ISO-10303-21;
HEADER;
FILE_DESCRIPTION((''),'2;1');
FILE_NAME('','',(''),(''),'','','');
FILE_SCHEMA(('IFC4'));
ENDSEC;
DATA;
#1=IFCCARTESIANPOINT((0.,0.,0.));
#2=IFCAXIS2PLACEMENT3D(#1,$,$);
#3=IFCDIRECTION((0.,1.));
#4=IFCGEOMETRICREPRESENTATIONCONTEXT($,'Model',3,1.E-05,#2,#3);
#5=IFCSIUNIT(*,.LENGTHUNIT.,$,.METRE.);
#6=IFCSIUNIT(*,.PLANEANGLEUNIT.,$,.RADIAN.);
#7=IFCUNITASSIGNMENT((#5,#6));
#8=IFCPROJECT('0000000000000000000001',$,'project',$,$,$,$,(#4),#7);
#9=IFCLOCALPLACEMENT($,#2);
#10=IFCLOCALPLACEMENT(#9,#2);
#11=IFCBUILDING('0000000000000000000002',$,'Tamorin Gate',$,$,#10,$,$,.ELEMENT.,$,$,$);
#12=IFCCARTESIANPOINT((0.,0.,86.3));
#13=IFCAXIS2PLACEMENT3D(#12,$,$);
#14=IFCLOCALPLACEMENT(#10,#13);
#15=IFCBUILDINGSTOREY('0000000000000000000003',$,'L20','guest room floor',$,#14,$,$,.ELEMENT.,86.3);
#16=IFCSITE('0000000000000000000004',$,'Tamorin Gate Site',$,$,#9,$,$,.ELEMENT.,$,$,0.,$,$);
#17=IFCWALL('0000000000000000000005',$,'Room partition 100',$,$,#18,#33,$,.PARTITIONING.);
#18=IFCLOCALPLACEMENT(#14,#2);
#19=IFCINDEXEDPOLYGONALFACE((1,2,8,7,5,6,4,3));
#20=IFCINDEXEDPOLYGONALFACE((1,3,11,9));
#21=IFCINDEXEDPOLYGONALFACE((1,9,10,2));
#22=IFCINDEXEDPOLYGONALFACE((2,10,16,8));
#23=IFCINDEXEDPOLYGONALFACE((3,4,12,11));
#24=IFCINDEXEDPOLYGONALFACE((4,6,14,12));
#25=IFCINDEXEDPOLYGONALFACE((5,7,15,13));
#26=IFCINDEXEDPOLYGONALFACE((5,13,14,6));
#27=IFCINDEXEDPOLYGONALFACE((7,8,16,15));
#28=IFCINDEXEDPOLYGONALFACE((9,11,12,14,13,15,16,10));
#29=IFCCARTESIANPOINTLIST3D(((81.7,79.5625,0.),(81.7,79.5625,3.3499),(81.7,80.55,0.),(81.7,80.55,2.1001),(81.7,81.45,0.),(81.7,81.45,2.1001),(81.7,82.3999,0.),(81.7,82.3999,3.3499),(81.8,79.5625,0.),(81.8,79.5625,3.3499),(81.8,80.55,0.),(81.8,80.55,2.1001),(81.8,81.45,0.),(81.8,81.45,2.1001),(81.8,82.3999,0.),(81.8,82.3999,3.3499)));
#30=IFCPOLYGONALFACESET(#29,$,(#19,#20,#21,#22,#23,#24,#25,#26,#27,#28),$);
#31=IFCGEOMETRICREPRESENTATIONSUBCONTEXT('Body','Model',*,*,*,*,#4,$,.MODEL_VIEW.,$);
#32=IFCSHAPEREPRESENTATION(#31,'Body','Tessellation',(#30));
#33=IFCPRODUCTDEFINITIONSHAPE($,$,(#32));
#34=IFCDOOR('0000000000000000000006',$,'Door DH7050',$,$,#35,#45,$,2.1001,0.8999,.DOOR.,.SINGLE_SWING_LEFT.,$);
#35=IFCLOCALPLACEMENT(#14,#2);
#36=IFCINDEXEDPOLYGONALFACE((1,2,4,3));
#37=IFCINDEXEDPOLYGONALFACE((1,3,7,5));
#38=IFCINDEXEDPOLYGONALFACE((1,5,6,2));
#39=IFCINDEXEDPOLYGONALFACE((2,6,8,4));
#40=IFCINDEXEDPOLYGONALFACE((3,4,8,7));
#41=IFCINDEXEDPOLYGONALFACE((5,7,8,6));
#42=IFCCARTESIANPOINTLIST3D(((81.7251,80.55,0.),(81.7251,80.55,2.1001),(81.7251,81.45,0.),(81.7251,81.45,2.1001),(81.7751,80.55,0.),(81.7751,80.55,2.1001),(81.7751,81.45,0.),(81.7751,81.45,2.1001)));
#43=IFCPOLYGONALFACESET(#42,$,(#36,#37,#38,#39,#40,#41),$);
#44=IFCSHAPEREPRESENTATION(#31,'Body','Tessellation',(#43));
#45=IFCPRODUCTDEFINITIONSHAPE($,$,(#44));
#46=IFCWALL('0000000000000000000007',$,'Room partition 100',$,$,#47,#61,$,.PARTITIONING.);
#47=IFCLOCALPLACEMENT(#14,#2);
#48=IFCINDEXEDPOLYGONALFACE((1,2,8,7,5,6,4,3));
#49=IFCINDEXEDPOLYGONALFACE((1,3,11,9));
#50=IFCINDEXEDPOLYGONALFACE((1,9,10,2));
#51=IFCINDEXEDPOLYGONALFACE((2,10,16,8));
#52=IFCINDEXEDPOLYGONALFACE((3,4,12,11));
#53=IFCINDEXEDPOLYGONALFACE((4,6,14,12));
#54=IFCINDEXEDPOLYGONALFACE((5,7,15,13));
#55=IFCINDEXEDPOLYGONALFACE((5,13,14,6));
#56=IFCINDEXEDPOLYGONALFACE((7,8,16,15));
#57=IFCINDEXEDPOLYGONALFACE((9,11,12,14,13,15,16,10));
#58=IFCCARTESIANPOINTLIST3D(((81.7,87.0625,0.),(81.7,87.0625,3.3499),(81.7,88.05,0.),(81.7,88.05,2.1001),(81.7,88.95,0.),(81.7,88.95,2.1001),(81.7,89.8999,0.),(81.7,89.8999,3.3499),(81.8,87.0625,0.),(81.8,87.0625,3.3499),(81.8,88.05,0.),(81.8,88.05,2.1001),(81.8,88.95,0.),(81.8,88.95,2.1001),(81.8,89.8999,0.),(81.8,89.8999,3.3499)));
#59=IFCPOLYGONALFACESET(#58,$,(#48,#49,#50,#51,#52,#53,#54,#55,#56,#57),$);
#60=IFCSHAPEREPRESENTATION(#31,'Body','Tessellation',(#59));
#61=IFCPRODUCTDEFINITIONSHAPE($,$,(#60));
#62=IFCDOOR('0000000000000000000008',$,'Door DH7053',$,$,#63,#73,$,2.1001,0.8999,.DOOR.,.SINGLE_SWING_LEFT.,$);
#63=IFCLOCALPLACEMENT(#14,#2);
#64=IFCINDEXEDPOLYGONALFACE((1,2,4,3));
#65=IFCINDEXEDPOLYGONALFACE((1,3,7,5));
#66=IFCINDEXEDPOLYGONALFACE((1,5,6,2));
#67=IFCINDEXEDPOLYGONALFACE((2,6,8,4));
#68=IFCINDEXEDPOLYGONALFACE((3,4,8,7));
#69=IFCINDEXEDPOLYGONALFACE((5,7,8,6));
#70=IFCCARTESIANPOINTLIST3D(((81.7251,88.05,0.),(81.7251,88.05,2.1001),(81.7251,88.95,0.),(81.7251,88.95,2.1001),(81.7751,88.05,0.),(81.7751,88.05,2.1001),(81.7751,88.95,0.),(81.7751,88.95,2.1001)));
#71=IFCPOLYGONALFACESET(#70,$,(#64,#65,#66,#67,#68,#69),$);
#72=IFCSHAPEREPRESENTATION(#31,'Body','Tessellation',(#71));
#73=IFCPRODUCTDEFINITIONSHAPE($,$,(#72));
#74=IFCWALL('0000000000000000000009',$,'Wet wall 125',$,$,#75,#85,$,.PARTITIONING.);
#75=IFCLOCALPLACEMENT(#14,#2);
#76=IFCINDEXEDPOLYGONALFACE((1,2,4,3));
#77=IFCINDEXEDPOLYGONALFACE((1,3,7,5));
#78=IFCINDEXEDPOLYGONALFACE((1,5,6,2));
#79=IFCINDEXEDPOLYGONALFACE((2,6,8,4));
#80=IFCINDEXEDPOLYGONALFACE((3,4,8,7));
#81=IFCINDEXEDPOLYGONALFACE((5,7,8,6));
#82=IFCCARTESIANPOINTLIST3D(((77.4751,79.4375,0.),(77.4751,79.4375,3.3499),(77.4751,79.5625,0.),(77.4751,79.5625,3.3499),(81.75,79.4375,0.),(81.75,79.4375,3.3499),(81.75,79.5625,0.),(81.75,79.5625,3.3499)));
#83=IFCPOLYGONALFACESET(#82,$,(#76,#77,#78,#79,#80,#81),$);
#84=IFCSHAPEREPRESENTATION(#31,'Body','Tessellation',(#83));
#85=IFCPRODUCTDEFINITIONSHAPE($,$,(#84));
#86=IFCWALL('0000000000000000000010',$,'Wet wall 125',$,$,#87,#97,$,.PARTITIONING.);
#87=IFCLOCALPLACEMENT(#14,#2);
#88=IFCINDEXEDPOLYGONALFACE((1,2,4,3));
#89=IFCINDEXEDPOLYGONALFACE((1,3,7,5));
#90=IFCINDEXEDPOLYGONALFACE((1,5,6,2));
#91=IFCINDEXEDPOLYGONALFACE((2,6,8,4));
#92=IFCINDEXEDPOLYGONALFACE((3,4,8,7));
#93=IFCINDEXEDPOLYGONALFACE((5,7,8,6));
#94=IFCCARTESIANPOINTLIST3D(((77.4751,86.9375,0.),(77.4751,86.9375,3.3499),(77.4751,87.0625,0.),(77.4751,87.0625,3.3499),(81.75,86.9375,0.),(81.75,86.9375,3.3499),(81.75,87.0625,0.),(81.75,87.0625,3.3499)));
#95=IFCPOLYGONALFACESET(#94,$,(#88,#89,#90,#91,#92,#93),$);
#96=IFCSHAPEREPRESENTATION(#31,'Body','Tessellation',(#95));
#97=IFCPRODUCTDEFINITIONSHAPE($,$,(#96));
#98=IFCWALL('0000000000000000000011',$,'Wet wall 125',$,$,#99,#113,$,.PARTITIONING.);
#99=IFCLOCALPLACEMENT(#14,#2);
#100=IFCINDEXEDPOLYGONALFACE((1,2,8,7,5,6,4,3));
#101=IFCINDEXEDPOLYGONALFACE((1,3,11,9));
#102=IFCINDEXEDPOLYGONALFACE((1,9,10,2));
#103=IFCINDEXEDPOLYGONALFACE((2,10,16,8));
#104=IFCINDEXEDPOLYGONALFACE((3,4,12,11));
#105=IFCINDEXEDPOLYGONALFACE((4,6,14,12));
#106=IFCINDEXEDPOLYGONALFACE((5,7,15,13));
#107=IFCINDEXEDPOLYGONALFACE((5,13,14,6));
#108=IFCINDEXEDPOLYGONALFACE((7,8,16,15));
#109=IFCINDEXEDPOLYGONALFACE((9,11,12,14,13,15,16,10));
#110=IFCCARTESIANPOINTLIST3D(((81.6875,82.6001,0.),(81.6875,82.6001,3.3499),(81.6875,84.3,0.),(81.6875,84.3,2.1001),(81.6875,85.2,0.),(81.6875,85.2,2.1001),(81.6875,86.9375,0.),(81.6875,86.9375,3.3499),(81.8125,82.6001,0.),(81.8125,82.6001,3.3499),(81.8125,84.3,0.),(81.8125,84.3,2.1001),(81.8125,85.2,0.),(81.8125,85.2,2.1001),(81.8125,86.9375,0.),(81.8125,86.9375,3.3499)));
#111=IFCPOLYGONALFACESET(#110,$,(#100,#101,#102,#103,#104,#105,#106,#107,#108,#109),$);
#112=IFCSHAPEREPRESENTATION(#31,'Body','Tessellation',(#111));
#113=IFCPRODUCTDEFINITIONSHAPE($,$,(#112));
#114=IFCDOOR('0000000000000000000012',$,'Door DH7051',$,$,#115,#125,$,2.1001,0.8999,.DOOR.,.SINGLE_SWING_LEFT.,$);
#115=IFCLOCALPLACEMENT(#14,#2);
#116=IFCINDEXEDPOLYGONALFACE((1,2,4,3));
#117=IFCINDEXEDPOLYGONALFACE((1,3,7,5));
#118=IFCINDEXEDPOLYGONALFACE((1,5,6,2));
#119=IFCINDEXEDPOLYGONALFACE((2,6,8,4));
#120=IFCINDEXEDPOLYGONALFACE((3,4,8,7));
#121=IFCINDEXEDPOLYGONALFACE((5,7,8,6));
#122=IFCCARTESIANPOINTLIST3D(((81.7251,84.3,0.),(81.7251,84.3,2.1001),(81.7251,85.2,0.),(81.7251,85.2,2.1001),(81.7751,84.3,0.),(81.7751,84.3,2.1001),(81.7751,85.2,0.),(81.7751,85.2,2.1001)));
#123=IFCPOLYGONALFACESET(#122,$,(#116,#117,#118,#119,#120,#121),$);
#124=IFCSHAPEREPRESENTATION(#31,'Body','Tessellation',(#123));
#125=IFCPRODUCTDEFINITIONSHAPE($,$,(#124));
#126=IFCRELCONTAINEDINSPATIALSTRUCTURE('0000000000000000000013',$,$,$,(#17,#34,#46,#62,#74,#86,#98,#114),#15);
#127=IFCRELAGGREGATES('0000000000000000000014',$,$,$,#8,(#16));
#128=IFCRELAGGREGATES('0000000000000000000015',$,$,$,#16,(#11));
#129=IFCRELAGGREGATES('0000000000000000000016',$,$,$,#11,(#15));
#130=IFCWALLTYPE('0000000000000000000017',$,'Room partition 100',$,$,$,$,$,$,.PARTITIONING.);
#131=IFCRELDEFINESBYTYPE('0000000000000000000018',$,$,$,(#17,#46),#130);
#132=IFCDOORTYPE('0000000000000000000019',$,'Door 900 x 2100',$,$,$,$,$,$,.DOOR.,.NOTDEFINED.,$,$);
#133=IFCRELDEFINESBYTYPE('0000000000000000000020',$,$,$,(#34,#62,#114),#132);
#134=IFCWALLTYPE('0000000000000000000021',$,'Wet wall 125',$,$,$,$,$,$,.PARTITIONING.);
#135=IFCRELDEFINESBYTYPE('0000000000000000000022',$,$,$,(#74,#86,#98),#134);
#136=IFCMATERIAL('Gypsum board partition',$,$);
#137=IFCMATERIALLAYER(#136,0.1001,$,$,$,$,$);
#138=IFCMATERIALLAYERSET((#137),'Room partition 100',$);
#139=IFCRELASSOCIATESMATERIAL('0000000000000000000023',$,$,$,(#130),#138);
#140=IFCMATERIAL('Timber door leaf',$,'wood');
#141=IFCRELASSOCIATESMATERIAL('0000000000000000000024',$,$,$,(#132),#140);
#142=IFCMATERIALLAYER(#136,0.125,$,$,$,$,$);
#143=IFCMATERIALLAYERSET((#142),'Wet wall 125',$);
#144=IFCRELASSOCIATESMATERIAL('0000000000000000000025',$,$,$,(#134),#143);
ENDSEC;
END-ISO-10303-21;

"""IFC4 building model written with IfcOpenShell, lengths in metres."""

from ifc_helpers import new_model, si_unit, direction, frame, frame_2d, origin, place, context, subcontext, project, spatial, rectangle, extrude, material, layer, layer_set, type_object, element, fill, save


model = new_model("IFC4")

# Units and contexts
model_context = context("Model", 3, precision=1e-05, world=origin(), true_north=direction((0.0, 1.0)))
body_context = subcontext(model_context, "Body", "Model", "MODEL_VIEW")
ifc_project = project(units=[si_unit("LENGTHUNIT", "METRE"), si_unit("PLANEANGLEUNIT", "RADIAN")], contexts=[model_context])

# Site, building, storey
site_placement = place(None, origin())
site = spatial("IfcSite", under=ifc_project, at=site_placement, Name="Tamorin Gate Site", CompositionType="ELEMENT", RefElevation=0.0)
building_placement = place(site_placement, origin())
building = spatial("IfcBuilding", under=site, at=building_placement, Name="Tamorin Gate", CompositionType="ELEMENT")
storey_placement = place(building_placement, frame((0.0, 0.0, 86.3)))
storey = spatial("IfcBuildingStorey", under=building, at=storey_placement, Name="L20", Description="guest room floor", CompositionType="ELEMENT", Elevation=86.3)

# Shared definitions
ifc_material_1 = material(Name="Gypsum board partition")

# Walls, openings, doors
ifc_layer_1 = layer(ifc_material_1, 0.1001)
ifc_layer_set_1 = layer_set([ifc_layer_1], Name="Room partition 100")
wall_type_1 = type_object("IfcWallType", Name="Room partition 100", PredefinedType="PARTITIONING", material=ifc_layer_set_1)
wall_1_placement = place(storey_placement, frame((81.75, 79.5625, 0.0), z_axis=(0.0, 0.0, 1.0), x_axis=(0.0, 1.0, 0.0)))
wall_1 = element("IfcWall", 1, at=wall_1_placement, inside=storey, type_object=wall_type_1, Name="Room partition 100", PredefinedType="PARTITIONING", context=body_context, shape_type="SweptSolid", body=[
    extrude(rectangle(XDim=2.8374, YDim=0.1001, at=frame_2d((1.4187, 0.0))), origin(), (0.0, 0.0, 1.0), 3.3499),
])
opening_1_placement = place(wall_1_placement, frame((0.9875, 0.0, 0.0)))
opening_1 = element("IfcOpeningElement", 2, at=opening_1_placement, cuts=wall_1, PredefinedType="OPENING", context=body_context, shape_type="SweptSolid", body=[
    extrude(rectangle(XDim=0.8999, YDim=2.1001, at=frame_2d((0.45, 1.05))), frame((0.0, 0.0601, 0.0), z_axis=(0.0, -1.0, 0.0), x_axis=(1.0, 0.0, 0.0)), (0.0, 0.0, 1.0), 0.1201),
])
ifc_material_2 = material(Name="Timber door leaf", Category="wood")
door_type = type_object("IfcDoorType", Name="Door 900 x 2100", OperationType="NOTDEFINED", PredefinedType="DOOR", material=ifc_material_2)
door_1_placement = place(opening_1_placement, origin())
door_1 = element("IfcDoor", 3, at=door_1_placement, inside=storey, type_object=door_type, Name="Door DH7050", OperationType="SINGLE_SWING_LEFT", OverallHeight=2.1001, OverallWidth=0.8999, PredefinedType="DOOR", context=body_context, shape_type="SweptSolid", body=[
    extrude(rectangle(XDim=0.8999, YDim=2.1001, at=frame_2d((0.45, 1.05))), frame((0.0, 0.0249, 0.0), z_axis=(0.0, -1.0, 0.0), x_axis=(1.0, 0.0, 0.0)), (0.0, 0.0, 1.0), 0.05),
])
fill(opening_1, door_1)
wall_2_placement = place(storey_placement, frame((81.75, 87.0625, 0.0), z_axis=(0.0, 0.0, 1.0), x_axis=(0.0, 1.0, 0.0)))
wall_2 = element("IfcWall", 4, at=wall_2_placement, inside=storey, type_object=wall_type_1, Name="Room partition 100", PredefinedType="PARTITIONING", context=body_context, shape_type="SweptSolid", body=[
    extrude(rectangle(XDim=2.8374, YDim=0.1001, at=frame_2d((1.4187, 0.0))), origin(), (0.0, 0.0, 1.0), 3.3499),
])
opening_2_placement = place(wall_2_placement, frame((0.9875, 0.0, 0.0)))
opening_2 = element("IfcOpeningElement", 5, at=opening_2_placement, cuts=wall_2, PredefinedType="OPENING", context=body_context, shape_type="SweptSolid", body=[
    extrude(rectangle(XDim=0.8999, YDim=2.1001, at=frame_2d((0.45, 1.05))), frame((0.0, 0.0601, 0.0), z_axis=(0.0, -1.0, 0.0), x_axis=(1.0, 0.0, 0.0)), (0.0, 0.0, 1.0), 0.1201),
])
door_2_placement = place(opening_2_placement, origin())
door_2 = element("IfcDoor", 6, at=door_2_placement, inside=storey, type_object=door_type, Name="Door DH7053", OperationType="SINGLE_SWING_LEFT", OverallHeight=2.1001, OverallWidth=0.8999, PredefinedType="DOOR", context=body_context, shape_type="SweptSolid", body=[
    extrude(rectangle(XDim=0.8999, YDim=2.1001, at=frame_2d((0.45, 1.05))), frame((0.0, 0.0249, 0.0), z_axis=(0.0, -1.0, 0.0), x_axis=(1.0, 0.0, 0.0)), (0.0, 0.0, 1.0), 0.05),
])
fill(opening_2, door_2)

# Walls
ifc_layer_2 = layer(ifc_material_1, 0.125)
ifc_layer_set_2 = layer_set([ifc_layer_2], Name="Wet wall 125")
wall_type_2 = type_object("IfcWallType", Name="Wet wall 125", PredefinedType="PARTITIONING", material=ifc_layer_set_2)
for number, where, z_axis, x_axis, name in (
    (7, (77.4751, 79.5, 0.0), (0.0, 0.0, 1.0), (1.0, 0.0, 0.0), "Wet wall 125"),
    (8, (77.4751, 87.0, 0.0), (0.0, 0.0, 1.0), (1.0, 0.0, 0.0), "Wet wall 125"),
):
    element("IfcWall", number, at=place(storey_placement, frame(where, z_axis=z_axis, x_axis=x_axis)), inside=storey, type_object=wall_type_2, Name=name, PredefinedType="PARTITIONING", context=body_context, shape_type="SweptSolid", body=[
        extrude(rectangle(XDim=4.2749, YDim=0.125, at=frame_2d((2.1375, 0.0))), origin(), (0.0, 0.0, 1.0), 3.3499),
    ])

# Wall, opening, door
wall_3_placement = place(storey_placement, frame((81.75, 82.6001, 0.0), z_axis=(0.0, 0.0, 1.0), x_axis=(0.0, 1.0, 0.0)))
wall_3 = element("IfcWall", 9, at=wall_3_placement, inside=storey, type_object=wall_type_2, Name="Wet wall 125", PredefinedType="PARTITIONING", context=body_context, shape_type="SweptSolid", body=[
    extrude(rectangle(XDim=4.3374, YDim=0.125, at=frame_2d((2.1687, 0.0))), origin(), (0.0, 0.0, 1.0), 3.3499),
])
opening_3_placement = place(wall_3_placement, frame((1.7, 0.0, 0.0)))
opening_3 = element("IfcOpeningElement", 10, at=opening_3_placement, cuts=wall_3, PredefinedType="OPENING", context=body_context, shape_type="SweptSolid", body=[
    extrude(rectangle(XDim=0.8999, YDim=2.1001, at=frame_2d((0.45, 1.05))), frame((0.0, 0.0725, 0.0), z_axis=(0.0, -1.0, 0.0), x_axis=(1.0, 0.0, 0.0)), (0.0, 0.0, 1.0), 0.145),
])
door_3_placement = place(opening_3_placement, origin())
door_3 = element("IfcDoor", 11, at=door_3_placement, inside=storey, type_object=door_type, Name="Door DH7051", OperationType="SINGLE_SWING_LEFT", OverallHeight=2.1001, OverallWidth=0.8999, PredefinedType="DOOR", context=body_context, shape_type="SweptSolid", body=[
    extrude(rectangle(XDim=0.8999, YDim=2.1001, at=frame_2d((0.45, 1.05))), frame((0.0, 0.0249, 0.0), z_axis=(0.0, -1.0, 0.0), x_axis=(1.0, 0.0, 0.0)), (0.0, 0.0, 1.0), 0.05),
])
fill(opening_3, door_3)

save(model, "model.ifc")
